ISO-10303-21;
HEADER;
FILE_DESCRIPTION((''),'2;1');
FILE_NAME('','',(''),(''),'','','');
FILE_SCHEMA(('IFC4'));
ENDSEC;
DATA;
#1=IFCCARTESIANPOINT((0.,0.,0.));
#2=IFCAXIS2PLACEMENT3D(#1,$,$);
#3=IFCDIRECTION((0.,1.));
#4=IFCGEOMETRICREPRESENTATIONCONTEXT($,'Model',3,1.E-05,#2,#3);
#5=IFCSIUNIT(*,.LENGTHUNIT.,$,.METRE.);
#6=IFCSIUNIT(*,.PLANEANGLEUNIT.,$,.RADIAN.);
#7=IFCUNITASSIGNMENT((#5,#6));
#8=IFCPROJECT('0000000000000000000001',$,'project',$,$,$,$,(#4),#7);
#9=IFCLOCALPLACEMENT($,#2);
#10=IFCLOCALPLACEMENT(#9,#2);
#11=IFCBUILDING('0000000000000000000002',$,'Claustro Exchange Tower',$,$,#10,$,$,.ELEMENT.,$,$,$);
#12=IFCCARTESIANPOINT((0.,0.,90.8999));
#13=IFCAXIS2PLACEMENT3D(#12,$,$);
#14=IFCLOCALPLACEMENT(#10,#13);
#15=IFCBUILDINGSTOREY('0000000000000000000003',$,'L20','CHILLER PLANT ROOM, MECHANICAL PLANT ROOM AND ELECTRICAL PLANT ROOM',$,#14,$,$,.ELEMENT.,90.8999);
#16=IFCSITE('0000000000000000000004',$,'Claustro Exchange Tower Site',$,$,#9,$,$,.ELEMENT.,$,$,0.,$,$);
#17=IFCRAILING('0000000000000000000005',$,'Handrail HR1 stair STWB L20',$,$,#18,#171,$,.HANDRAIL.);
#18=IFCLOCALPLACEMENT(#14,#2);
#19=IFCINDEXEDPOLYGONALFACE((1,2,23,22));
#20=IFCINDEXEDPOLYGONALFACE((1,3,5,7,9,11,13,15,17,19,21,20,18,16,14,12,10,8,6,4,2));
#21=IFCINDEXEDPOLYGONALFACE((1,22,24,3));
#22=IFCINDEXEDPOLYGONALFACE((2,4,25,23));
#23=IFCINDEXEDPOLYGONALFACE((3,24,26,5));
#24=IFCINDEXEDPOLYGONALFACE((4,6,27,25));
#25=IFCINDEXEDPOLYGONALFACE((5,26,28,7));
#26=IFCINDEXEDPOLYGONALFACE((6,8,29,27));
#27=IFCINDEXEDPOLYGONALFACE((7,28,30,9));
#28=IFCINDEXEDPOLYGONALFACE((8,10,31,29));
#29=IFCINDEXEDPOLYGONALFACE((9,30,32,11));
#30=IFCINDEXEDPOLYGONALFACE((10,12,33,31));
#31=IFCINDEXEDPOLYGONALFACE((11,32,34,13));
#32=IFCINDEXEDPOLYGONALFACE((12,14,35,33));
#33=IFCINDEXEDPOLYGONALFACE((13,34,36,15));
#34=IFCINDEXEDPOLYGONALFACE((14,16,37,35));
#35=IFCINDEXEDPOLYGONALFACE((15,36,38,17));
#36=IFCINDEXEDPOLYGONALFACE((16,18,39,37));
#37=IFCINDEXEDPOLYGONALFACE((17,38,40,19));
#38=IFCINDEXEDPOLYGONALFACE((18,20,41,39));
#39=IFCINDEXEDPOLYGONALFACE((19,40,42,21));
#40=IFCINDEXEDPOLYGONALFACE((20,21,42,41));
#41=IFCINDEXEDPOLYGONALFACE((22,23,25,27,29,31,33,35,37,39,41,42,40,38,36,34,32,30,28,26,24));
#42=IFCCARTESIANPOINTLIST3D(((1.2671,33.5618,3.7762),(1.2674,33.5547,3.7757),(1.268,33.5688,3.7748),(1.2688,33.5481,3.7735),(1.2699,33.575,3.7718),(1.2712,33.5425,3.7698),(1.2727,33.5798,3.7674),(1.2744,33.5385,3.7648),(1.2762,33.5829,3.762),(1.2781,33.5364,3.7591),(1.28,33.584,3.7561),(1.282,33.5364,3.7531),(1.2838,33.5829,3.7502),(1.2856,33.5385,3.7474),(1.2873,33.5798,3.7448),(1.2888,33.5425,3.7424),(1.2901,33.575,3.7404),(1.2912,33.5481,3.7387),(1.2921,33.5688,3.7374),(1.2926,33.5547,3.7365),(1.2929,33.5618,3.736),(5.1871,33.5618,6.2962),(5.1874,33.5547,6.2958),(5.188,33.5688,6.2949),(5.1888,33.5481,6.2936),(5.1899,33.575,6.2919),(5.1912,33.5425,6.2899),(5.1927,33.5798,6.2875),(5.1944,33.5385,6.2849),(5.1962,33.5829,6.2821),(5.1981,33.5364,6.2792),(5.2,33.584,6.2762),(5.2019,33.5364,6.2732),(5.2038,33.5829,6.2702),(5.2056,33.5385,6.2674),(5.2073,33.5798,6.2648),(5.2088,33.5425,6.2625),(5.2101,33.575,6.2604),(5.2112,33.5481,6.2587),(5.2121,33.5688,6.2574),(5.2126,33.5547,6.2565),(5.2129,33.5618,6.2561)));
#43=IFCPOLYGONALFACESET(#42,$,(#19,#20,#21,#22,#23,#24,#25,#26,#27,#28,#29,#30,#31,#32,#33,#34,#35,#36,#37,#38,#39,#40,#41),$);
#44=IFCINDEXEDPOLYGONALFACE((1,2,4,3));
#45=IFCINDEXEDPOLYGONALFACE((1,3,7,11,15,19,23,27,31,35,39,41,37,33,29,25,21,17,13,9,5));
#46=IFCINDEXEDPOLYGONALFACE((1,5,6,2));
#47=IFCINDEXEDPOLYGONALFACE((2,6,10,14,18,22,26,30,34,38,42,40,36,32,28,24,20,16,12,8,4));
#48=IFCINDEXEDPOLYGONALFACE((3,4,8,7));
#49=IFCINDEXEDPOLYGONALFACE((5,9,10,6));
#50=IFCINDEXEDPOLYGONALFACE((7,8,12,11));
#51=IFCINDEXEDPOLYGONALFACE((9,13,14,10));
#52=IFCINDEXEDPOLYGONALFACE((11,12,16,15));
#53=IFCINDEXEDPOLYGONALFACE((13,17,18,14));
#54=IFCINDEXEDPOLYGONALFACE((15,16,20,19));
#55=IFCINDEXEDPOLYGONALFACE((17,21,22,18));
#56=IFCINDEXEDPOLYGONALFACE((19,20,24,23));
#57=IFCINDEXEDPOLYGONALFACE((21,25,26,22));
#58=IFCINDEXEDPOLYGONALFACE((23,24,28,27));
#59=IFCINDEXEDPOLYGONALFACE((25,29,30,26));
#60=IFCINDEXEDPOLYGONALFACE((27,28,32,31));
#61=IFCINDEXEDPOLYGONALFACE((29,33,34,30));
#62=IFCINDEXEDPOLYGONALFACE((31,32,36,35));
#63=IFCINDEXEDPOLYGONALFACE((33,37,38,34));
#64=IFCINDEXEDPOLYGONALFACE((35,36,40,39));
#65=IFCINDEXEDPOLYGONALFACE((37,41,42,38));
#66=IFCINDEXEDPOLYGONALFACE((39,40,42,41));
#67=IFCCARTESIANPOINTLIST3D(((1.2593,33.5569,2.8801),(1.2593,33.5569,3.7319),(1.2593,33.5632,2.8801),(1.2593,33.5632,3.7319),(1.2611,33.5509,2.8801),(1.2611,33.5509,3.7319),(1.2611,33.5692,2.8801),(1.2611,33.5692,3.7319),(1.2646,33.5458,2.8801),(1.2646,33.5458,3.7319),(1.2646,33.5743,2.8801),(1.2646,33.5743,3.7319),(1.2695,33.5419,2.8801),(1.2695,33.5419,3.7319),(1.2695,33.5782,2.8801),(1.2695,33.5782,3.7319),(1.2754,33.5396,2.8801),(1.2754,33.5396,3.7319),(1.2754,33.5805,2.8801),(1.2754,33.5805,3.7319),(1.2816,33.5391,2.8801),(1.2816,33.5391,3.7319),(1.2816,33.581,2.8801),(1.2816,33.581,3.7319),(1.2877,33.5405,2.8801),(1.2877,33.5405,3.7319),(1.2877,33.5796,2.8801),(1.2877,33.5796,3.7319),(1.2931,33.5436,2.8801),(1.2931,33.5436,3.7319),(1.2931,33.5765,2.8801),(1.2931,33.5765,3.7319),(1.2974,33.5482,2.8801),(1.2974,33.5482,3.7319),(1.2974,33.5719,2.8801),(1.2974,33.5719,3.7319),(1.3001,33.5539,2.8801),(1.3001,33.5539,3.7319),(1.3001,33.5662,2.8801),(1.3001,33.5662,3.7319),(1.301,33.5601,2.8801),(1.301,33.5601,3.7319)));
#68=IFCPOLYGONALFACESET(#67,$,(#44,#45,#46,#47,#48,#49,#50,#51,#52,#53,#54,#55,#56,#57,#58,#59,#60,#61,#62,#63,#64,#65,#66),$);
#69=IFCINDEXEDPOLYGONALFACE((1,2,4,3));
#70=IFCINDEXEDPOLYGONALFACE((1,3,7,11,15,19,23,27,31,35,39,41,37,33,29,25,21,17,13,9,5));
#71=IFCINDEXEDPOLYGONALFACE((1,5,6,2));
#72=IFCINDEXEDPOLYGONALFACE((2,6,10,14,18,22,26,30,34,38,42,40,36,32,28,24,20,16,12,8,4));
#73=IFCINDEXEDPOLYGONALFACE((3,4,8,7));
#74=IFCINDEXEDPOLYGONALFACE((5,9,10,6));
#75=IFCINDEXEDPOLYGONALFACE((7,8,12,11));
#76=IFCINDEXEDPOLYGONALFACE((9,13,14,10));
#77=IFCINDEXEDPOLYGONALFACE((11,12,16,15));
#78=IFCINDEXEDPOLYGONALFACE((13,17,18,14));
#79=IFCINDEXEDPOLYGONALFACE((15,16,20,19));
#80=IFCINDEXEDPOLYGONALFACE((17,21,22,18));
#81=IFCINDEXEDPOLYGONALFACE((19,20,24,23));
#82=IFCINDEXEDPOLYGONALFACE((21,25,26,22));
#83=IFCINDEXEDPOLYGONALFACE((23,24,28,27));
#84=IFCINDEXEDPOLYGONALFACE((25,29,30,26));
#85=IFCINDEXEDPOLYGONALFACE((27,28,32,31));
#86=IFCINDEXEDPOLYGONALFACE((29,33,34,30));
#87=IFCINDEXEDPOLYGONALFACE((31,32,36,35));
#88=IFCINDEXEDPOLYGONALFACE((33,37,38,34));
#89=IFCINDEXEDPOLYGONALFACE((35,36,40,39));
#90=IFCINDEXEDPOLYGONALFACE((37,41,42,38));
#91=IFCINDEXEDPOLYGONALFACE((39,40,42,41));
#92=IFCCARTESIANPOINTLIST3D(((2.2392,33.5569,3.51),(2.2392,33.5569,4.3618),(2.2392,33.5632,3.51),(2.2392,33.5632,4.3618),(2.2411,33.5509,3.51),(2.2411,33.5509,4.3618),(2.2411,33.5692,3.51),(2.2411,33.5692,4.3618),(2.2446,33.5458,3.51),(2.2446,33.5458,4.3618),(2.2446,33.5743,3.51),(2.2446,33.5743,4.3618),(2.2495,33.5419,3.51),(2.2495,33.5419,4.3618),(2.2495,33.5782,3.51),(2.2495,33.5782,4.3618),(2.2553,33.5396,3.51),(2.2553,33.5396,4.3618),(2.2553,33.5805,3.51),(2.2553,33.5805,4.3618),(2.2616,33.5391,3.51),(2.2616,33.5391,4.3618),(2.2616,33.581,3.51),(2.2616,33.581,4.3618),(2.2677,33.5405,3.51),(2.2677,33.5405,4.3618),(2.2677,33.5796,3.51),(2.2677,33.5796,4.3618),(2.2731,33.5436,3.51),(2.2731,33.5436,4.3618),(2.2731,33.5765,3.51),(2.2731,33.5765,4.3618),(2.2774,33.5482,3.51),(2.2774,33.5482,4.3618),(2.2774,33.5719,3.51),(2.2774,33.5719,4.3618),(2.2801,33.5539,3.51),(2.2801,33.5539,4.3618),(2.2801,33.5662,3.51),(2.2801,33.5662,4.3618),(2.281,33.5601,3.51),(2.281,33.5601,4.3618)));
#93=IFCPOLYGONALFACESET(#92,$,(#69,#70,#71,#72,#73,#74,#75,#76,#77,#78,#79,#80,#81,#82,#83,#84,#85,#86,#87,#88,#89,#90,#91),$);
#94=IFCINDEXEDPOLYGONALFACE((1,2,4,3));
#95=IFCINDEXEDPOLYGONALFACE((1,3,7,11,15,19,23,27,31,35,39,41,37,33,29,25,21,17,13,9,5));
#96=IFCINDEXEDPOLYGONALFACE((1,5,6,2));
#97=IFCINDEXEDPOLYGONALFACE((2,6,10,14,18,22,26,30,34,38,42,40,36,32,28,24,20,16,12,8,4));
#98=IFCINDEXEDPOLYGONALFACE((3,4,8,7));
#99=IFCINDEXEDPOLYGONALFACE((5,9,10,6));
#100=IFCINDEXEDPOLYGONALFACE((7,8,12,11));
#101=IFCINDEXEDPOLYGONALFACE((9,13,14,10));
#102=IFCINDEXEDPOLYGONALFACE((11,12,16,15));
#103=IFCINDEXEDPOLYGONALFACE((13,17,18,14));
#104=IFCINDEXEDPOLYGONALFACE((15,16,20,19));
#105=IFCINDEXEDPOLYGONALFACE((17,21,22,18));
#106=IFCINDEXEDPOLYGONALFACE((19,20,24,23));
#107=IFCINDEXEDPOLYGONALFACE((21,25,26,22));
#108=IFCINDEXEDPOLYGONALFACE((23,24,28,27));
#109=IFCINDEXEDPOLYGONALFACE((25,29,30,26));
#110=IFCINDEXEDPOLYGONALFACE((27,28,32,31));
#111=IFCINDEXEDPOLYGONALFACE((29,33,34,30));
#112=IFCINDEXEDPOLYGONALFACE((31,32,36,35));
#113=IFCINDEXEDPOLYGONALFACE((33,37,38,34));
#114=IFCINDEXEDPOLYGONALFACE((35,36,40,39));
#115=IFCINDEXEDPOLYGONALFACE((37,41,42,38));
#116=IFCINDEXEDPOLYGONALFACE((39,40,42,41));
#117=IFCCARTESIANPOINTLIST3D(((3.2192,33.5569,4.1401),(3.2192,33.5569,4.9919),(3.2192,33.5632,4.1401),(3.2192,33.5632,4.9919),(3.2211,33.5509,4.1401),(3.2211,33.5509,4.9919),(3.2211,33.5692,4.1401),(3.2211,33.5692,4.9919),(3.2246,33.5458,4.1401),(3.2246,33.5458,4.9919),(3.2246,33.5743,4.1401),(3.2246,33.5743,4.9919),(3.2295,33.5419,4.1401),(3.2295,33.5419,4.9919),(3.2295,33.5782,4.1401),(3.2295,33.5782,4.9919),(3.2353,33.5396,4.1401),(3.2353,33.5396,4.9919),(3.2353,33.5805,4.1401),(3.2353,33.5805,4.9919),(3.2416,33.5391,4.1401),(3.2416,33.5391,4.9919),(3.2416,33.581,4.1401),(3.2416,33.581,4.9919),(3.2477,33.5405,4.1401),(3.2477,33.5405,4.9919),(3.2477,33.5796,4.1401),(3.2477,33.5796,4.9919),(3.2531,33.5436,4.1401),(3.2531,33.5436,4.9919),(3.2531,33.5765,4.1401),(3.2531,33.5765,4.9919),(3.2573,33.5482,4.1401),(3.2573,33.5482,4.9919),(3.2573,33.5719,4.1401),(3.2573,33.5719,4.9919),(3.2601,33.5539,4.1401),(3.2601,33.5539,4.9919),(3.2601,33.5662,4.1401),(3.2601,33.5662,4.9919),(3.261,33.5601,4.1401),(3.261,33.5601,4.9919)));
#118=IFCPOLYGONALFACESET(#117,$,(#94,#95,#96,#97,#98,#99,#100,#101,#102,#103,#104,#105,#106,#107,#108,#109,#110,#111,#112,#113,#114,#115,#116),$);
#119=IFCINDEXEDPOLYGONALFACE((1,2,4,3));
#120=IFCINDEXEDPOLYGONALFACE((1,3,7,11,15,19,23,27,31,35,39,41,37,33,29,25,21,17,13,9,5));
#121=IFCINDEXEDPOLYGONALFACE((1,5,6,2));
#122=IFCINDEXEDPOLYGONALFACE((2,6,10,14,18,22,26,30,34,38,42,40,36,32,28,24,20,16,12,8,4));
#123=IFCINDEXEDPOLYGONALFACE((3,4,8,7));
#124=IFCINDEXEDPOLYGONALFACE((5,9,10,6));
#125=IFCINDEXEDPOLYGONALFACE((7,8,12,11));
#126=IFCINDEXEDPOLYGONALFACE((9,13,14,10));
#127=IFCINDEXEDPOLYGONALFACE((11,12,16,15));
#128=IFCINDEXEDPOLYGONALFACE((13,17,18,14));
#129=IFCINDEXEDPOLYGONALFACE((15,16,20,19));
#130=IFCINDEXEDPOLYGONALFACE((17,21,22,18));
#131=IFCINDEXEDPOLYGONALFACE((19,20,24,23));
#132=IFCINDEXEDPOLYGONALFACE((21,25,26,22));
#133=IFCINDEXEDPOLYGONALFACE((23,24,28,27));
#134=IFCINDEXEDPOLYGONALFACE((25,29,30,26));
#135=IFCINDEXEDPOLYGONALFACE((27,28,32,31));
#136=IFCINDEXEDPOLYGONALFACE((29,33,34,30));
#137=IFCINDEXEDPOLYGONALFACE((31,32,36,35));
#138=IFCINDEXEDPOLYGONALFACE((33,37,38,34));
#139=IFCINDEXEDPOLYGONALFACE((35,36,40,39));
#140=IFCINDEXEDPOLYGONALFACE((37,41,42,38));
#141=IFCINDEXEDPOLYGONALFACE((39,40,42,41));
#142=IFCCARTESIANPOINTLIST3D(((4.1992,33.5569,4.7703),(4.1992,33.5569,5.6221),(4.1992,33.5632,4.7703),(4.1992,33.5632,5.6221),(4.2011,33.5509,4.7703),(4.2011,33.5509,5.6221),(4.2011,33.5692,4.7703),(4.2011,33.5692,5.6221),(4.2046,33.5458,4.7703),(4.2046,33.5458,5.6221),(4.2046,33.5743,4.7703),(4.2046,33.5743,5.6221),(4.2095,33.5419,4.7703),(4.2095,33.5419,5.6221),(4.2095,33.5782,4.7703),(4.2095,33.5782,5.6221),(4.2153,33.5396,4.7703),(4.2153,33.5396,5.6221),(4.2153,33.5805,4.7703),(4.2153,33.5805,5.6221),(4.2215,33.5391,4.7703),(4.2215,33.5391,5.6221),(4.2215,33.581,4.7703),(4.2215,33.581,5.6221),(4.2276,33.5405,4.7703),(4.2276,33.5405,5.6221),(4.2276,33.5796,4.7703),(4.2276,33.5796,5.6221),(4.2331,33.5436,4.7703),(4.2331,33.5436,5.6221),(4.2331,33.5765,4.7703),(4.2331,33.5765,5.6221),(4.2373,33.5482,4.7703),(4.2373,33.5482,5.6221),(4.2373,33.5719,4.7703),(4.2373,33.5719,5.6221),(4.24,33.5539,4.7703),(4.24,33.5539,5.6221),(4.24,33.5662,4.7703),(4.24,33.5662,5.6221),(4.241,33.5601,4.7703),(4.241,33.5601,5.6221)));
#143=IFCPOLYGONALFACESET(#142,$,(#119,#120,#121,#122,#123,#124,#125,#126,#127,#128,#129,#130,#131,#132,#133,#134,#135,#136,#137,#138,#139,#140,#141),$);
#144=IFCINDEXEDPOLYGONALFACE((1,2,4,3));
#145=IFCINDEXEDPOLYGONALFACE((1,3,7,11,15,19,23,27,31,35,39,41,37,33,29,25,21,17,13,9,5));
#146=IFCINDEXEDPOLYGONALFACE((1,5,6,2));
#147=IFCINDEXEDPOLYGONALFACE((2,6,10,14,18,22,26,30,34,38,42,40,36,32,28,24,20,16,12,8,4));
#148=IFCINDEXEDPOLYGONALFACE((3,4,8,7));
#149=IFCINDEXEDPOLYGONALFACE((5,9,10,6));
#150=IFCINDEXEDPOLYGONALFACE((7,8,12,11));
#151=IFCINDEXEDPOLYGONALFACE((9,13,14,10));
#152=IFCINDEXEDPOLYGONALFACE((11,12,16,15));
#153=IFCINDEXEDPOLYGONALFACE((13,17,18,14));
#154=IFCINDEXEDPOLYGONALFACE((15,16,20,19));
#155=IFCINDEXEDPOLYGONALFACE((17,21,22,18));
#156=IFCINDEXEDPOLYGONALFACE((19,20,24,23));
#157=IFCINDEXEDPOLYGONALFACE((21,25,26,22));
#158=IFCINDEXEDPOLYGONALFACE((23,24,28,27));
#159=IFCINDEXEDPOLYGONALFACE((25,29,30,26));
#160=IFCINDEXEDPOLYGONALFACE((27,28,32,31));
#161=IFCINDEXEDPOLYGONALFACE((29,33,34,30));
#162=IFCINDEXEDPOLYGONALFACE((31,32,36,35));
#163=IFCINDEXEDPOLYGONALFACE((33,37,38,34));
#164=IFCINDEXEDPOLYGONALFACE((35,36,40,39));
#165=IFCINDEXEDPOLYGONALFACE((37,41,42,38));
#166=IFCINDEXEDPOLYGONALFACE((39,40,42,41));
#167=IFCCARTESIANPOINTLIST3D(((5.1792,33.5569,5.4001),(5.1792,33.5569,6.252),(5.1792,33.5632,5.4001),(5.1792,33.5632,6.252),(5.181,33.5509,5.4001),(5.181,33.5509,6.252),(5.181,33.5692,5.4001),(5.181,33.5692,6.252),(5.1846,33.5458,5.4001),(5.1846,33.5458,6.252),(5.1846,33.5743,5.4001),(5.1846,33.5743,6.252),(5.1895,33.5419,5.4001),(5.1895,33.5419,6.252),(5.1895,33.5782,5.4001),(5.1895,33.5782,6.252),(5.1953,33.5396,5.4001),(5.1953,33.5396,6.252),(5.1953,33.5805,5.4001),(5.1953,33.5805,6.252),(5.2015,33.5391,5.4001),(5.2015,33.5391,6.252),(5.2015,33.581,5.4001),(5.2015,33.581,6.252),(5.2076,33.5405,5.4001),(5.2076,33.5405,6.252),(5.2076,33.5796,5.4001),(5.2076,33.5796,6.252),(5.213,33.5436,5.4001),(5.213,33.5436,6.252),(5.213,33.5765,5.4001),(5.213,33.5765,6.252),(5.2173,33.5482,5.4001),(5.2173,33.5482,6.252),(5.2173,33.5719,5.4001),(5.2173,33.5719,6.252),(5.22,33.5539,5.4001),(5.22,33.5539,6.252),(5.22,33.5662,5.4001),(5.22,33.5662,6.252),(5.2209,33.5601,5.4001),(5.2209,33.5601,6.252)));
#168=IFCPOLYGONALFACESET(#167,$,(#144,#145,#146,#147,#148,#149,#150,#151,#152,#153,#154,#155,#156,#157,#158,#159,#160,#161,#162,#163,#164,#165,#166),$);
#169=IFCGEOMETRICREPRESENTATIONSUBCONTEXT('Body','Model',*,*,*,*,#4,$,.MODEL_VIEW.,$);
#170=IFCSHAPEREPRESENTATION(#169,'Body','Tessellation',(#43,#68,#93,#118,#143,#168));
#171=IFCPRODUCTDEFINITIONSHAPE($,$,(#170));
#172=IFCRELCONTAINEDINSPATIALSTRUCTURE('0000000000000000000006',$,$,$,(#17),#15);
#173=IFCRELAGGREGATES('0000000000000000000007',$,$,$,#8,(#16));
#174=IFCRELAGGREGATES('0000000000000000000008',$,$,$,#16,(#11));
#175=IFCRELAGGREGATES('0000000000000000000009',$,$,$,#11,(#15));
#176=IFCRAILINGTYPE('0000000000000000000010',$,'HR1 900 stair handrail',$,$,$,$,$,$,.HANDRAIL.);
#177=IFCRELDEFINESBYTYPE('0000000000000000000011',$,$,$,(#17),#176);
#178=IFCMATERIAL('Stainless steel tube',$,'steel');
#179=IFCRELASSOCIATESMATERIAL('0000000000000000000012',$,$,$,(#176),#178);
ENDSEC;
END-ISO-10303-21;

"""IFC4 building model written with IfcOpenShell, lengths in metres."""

from ifc_helpers import new_model, si_unit, direction, frame, origin, origin_2d, place, context, subcontext, project, spatial, circle, extrude, material, type_object, element, save


model = new_model("IFC4")

# Units and contexts
model_context = context("Model", 3, precision=1e-05, world=origin(), true_north=direction((0.0, 1.0)))
body_context = subcontext(model_context, "Body", "Model", "MODEL_VIEW")
ifc_project = project(units=[si_unit("LENGTHUNIT", "METRE"), si_unit("PLANEANGLEUNIT", "RADIAN")], contexts=[model_context])

# Site, building, storey
site_placement = place(None, origin())
site = spatial("IfcSite", under=ifc_project, at=site_placement, Name="Claustro Exchange Tower Site", CompositionType="ELEMENT", RefElevation=0.0)
building_placement = place(site_placement, origin())
building = spatial("IfcBuilding", under=site, at=building_placement, Name="Claustro Exchange Tower", CompositionType="ELEMENT")
storey_placement = place(building_placement, frame((0.0, 0.0, 90.8999)))
storey = spatial("IfcBuildingStorey", under=building, at=storey_placement, Name="L20", Description="CHILLER PLANT ROOM, MECHANICAL PLANT ROOM AND ELECTRICAL PLANT ROOM", CompositionType="ELEMENT", Elevation=90.8999)

# Railing
ifc_material_1 = material(Name="Stainless steel tube", Category="steel")
railing_type_1 = type_object("IfcRailingType", Name="HR1 900 stair handrail", PredefinedType="HANDRAIL", material=ifc_material_1)
railing_1_placement = place(storey_placement, frame((1.28, 33.5601, 2.8801)))
element("IfcRailing", 1, at=railing_1_placement, inside=storey, type_object=railing_type_1, Name="Handrail HR1 stair STWB L20", PredefinedType="HANDRAIL", context=body_context, shape_type="SweptSolid", body=[
    extrude(circle(Radius=0.0239, at=origin_2d()), frame((0.0, 0.0, 0.876), z_axis=(0.841172, 0.0, 0.540768), x_axis=(0.0, 1.0, 0.0)), (0.0, 0.0, 1.0), 4.6602),
    extrude(circle(Radius=0.021, at=origin_2d()), origin(), (0.0, 0.0, 1.0), 0.8518),
    extrude(circle(Radius=0.021, at=origin_2d()), frame((0.98, 0.0, 0.6299)), (0.0, 0.0, 1.0), 0.8518),
    extrude(circle(Radius=0.021, at=origin_2d()), frame((1.96, 0.0, 1.26)), (0.0, 0.0, 1.0), 0.8518),
    extrude(circle(Radius=0.021, at=origin_2d()), frame((2.9399, 0.0, 1.8901)), (0.0, 0.0, 1.0), 0.8518),
    extrude(circle(Radius=0.021, at=origin_2d()), frame((3.9199, 0.0, 2.52)), (0.0, 0.0, 1.0), 0.8518),
])

save(model, "model.ifc")
